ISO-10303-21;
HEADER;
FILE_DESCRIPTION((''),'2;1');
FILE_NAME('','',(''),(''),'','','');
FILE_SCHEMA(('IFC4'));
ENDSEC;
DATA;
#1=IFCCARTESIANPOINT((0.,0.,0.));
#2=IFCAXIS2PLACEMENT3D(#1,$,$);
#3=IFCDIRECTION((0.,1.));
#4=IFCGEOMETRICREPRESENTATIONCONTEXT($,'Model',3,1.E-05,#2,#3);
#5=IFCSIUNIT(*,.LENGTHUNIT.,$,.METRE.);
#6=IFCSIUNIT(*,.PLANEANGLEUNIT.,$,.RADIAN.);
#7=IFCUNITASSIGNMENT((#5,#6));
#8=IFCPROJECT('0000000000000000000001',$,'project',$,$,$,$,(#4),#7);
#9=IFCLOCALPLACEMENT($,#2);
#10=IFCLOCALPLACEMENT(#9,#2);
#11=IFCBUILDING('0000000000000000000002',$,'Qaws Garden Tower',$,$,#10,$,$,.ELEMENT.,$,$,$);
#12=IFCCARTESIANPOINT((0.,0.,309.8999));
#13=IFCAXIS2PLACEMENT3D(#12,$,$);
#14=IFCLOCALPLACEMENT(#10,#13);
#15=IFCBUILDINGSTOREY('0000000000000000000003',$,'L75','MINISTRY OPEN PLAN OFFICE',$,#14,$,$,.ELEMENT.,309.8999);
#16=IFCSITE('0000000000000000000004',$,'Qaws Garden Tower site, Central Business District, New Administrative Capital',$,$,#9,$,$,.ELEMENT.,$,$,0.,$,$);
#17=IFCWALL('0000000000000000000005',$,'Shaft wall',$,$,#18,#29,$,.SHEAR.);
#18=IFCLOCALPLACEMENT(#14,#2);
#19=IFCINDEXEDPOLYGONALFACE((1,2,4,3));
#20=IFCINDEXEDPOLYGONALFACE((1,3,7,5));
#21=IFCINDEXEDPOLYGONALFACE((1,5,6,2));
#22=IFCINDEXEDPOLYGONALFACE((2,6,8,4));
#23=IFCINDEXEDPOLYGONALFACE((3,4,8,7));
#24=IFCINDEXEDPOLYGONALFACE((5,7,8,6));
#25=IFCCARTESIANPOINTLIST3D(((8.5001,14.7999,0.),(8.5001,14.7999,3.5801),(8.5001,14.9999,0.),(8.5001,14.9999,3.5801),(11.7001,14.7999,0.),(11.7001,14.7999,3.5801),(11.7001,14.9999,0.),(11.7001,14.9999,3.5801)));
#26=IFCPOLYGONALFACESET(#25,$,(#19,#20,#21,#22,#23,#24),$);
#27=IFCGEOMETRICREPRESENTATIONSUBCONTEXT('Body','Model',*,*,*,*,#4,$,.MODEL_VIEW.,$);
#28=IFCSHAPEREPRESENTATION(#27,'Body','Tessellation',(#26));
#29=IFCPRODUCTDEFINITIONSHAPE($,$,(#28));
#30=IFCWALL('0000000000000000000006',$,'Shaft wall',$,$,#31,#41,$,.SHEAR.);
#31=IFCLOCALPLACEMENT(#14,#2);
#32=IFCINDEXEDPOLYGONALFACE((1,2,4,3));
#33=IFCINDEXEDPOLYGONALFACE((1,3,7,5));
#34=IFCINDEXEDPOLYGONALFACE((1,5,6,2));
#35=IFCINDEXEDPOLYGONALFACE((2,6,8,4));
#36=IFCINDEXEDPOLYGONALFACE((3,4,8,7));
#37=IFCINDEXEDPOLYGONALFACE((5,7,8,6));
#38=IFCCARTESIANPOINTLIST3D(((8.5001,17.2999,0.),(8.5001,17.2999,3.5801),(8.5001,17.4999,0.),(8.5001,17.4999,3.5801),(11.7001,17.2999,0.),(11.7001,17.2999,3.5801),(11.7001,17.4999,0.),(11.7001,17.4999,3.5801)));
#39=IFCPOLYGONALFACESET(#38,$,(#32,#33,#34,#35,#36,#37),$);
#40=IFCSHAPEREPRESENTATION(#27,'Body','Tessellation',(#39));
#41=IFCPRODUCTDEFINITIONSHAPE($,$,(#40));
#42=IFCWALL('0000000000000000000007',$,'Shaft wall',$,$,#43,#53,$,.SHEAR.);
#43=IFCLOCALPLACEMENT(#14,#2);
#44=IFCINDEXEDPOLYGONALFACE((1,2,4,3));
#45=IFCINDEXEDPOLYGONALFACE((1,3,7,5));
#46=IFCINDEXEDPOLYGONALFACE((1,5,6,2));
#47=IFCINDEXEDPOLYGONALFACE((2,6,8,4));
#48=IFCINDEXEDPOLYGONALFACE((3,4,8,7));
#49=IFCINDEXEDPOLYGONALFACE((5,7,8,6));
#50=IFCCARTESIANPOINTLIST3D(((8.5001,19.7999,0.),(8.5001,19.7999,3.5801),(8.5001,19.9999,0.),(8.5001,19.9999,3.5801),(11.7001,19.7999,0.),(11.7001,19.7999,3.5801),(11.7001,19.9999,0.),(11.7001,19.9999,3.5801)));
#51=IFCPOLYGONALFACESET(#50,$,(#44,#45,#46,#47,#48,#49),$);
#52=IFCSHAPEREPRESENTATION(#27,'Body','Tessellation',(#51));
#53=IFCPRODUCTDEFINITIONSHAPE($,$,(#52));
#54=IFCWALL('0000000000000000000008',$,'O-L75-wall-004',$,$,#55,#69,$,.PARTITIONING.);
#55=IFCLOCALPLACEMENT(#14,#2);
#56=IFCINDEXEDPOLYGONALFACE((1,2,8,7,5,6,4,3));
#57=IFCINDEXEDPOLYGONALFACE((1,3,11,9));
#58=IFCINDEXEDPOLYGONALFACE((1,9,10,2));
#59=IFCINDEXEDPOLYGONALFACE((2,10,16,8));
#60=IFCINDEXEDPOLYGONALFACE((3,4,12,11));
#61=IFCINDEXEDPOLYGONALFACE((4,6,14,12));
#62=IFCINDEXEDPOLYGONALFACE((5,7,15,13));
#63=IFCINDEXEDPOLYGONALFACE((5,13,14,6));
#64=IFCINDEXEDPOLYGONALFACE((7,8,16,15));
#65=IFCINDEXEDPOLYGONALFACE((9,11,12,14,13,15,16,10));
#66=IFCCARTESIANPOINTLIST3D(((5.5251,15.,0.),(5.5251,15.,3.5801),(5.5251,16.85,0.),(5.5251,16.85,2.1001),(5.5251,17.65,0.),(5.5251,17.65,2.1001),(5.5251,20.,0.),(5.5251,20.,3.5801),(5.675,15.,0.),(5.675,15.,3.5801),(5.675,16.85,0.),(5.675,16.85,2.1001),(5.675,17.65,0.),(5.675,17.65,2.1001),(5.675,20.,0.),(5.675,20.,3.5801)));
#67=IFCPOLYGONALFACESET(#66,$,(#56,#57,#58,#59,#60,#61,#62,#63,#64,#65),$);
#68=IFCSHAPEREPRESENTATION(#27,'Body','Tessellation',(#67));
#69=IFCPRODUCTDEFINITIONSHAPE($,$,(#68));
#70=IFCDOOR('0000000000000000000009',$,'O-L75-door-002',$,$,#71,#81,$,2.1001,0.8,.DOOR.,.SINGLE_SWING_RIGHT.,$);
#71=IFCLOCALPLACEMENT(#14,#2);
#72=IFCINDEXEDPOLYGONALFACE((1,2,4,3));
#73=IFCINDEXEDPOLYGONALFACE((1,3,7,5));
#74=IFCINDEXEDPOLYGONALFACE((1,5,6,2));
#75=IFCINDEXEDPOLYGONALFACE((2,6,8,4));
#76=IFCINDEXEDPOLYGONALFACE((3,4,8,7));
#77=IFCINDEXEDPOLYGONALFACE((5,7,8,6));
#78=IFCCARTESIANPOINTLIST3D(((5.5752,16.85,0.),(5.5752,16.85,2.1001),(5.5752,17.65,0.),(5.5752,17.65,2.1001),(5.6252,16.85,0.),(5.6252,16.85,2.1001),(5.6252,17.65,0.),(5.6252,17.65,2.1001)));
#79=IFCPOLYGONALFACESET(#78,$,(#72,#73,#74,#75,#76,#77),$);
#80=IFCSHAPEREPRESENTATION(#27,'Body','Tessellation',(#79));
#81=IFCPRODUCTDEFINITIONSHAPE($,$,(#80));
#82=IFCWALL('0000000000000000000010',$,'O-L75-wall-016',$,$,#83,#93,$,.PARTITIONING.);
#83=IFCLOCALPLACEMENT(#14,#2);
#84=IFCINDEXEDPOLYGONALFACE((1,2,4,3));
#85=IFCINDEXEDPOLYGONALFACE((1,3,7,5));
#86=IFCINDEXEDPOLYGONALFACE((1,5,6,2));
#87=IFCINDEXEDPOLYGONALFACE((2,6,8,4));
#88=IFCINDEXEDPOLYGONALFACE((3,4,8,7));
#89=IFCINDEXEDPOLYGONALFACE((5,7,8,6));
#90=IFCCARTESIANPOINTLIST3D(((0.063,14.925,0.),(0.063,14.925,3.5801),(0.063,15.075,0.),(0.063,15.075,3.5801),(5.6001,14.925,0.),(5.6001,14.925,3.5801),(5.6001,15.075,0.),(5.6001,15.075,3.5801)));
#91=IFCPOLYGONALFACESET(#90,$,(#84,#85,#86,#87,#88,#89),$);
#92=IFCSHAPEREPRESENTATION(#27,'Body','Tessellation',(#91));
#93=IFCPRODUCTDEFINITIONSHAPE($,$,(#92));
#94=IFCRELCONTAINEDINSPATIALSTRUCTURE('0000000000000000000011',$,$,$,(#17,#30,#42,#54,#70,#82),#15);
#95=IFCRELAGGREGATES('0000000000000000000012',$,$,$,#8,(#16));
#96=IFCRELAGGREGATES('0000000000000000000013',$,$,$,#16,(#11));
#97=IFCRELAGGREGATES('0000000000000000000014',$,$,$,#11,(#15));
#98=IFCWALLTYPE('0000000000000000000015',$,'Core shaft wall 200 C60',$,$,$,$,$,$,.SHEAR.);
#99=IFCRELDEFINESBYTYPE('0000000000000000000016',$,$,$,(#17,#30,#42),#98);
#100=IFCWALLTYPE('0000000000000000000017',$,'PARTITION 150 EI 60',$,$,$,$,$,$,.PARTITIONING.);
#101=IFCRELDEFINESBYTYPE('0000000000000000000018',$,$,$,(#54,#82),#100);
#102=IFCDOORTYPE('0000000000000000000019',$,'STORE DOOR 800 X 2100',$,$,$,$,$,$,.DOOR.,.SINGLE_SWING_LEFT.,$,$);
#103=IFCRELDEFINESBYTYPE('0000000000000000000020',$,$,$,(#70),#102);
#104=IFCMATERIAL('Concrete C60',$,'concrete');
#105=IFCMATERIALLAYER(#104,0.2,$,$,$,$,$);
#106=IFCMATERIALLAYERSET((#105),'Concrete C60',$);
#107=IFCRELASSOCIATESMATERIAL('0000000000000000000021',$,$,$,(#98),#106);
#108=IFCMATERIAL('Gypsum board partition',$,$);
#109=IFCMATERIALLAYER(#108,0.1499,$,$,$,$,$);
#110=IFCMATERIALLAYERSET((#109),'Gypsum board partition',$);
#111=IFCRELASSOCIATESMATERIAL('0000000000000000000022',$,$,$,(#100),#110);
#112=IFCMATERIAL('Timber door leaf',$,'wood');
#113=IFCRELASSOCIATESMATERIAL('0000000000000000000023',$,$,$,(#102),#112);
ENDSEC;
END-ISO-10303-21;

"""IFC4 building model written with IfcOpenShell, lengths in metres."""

from ifc_helpers import new_model, si_unit, direction, frame, frame_2d, origin, place, context, subcontext, project, spatial, rectangle, extrude, material, layer, layer_set, type_object, element, fill, save


model = new_model("IFC4")

# Units and contexts
model_context = context("Model", 3, precision=1e-05, world=origin(), true_north=direction((0.0, 1.0)))
body_context = subcontext(model_context, "Body", "Model", "MODEL_VIEW")
ifc_project = project(units=[si_unit("LENGTHUNIT", "METRE"), si_unit("PLANEANGLEUNIT", "RADIAN")], contexts=[model_context])

# Site, building, storey
site_placement = place(None, origin())
site = spatial("IfcSite", under=ifc_project, at=site_placement, Name="Qaws Garden Tower site, Central Business District, New Administrative Capital", CompositionType="ELEMENT", RefElevation=0.0)
building_placement = place(site_placement, origin())
building = spatial("IfcBuilding", under=site, at=building_placement, Name="Qaws Garden Tower", CompositionType="ELEMENT")
storey_placement = place(building_placement, frame((0.0, 0.0, 309.8999)))
storey = spatial("IfcBuildingStorey", under=building, at=storey_placement, Name="L75", Description="MINISTRY OPEN PLAN OFFICE", CompositionType="ELEMENT", Elevation=309.8999)

# Walls
ifc_material_1 = material(Name="Concrete C60", Category="concrete")
ifc_layer_1 = layer(ifc_material_1, 0.2)
ifc_layer_set_1 = layer_set([ifc_layer_1], Name="Concrete C60")
wall_type_1 = type_object("IfcWallType", Name="Core shaft wall 200 C60", PredefinedType="SHEAR", material=ifc_layer_set_1)
for number, where, z_axis, x_axis, name in (
    (1, (8.5, 14.8999, 0.0), (0.0, 0.0, 1.0), (1.0, 0.0, 0.0), "Shaft wall"),
    (2, (8.5, 17.3999, 0.0), (0.0, 0.0, 1.0), (1.0, 0.0, 0.0), "Shaft wall"),
    (3, (8.5, 19.8999, 0.0), (0.0, 0.0, 1.0), (1.0, 0.0, 0.0), "Shaft wall"),
):
    element("IfcWall", number, at=place(storey_placement, frame(where, z_axis=z_axis, x_axis=x_axis)), inside=storey, type_object=wall_type_1, Name=name, PredefinedType="SHEAR", context=body_context, shape_type="SweptSolid", body=[
        extrude(rectangle(XDim=3.2, YDim=0.2, at=frame_2d((1.6001, 0.0))), origin(), (0.0, 0.0, 1.0), 3.5801),
    ])

# Wall, opening, door
ifc_material_2 = material(Name="Gypsum board partition")
ifc_layer_2 = layer(ifc_material_2, 0.1499)
ifc_layer_set_2 = layer_set([ifc_layer_2], Name="Gypsum board partition")
wall_type_2 = type_object("IfcWallType", Name="PARTITION 150 EI 60", PredefinedType="PARTITIONING", material=ifc_layer_set_2)
wall_1_placement = place(storey_placement, frame((5.6001, 15.0, 0.0), z_axis=(0.0, 0.0, 1.0), x_axis=(0.0, 1.0, 0.0)))
wall_1 = element("IfcWall", 4, at=wall_1_placement, inside=storey, type_object=wall_type_2, Name="O-L75-wall-004", PredefinedType="PARTITIONING", context=body_context, shape_type="SweptSolid", body=[
    extrude(rectangle(XDim=5.0, YDim=0.1499, at=frame_2d((2.5, 0.0))), origin(), (0.0, 0.0, 1.0), 3.5801),
])
opening_1_placement = place(wall_1_placement, frame((1.8501, 0.0, 0.0)))
opening_1 = element("IfcOpeningElement", 5, at=opening_1_placement, cuts=wall_1, PredefinedType="OPENING", context=body_context, shape_type="SweptSolid", body=[
    extrude(rectangle(XDim=0.8, YDim=2.1001, at=frame_2d((0.3999, 1.05))), frame((0.0, 0.085, 0.0), z_axis=(0.0, -1.0, 0.0), x_axis=(1.0, 0.0, 0.0)), (0.0, 0.0, 1.0), 0.1699),
])
ifc_material_3 = material(Name="Timber door leaf", Category="wood")
door_type = type_object("IfcDoorType", Name="STORE DOOR 800 X 2100", OperationType="SINGLE_SWING_LEFT", PredefinedType="DOOR", material=ifc_material_3)
door_placement = place(opening_1_placement, origin())
door = element("IfcDoor", 6, at=door_placement, inside=storey, type_object=door_type, Name="O-L75-door-002", OperationType="SINGLE_SWING_RIGHT", OverallHeight=2.1001, OverallWidth=0.8, PredefinedType="DOOR", context=body_context, shape_type="SweptSolid", body=[
    extrude(rectangle(XDim=0.8, YDim=2.1001, at=frame_2d((0.3999, 1.05))), frame((0.0, 0.0249, 0.0), z_axis=(0.0, -1.0, 0.0), x_axis=(1.0, 0.0, 0.0)), (0.0, 0.0, 1.0), 0.05),
])
fill(opening_1, door)

# Wall
wall_2_placement = place(storey_placement, frame((0.063, 15.0, 0.0), z_axis=(0.0, 0.0, 1.0), x_axis=(1.0, 0.0, 0.0)))
element("IfcWall", 7, at=wall_2_placement, inside=storey, type_object=wall_type_2, Name="O-L75-wall-016", PredefinedType="PARTITIONING", context=body_context, shape_type="SweptSolid", body=[
    extrude(rectangle(XDim=5.5371, YDim=0.1499, at=frame_2d((2.7686, 0.0))), origin(), (0.0, 0.0, 1.0), 3.5801),
])

save(model, "model.ifc")
